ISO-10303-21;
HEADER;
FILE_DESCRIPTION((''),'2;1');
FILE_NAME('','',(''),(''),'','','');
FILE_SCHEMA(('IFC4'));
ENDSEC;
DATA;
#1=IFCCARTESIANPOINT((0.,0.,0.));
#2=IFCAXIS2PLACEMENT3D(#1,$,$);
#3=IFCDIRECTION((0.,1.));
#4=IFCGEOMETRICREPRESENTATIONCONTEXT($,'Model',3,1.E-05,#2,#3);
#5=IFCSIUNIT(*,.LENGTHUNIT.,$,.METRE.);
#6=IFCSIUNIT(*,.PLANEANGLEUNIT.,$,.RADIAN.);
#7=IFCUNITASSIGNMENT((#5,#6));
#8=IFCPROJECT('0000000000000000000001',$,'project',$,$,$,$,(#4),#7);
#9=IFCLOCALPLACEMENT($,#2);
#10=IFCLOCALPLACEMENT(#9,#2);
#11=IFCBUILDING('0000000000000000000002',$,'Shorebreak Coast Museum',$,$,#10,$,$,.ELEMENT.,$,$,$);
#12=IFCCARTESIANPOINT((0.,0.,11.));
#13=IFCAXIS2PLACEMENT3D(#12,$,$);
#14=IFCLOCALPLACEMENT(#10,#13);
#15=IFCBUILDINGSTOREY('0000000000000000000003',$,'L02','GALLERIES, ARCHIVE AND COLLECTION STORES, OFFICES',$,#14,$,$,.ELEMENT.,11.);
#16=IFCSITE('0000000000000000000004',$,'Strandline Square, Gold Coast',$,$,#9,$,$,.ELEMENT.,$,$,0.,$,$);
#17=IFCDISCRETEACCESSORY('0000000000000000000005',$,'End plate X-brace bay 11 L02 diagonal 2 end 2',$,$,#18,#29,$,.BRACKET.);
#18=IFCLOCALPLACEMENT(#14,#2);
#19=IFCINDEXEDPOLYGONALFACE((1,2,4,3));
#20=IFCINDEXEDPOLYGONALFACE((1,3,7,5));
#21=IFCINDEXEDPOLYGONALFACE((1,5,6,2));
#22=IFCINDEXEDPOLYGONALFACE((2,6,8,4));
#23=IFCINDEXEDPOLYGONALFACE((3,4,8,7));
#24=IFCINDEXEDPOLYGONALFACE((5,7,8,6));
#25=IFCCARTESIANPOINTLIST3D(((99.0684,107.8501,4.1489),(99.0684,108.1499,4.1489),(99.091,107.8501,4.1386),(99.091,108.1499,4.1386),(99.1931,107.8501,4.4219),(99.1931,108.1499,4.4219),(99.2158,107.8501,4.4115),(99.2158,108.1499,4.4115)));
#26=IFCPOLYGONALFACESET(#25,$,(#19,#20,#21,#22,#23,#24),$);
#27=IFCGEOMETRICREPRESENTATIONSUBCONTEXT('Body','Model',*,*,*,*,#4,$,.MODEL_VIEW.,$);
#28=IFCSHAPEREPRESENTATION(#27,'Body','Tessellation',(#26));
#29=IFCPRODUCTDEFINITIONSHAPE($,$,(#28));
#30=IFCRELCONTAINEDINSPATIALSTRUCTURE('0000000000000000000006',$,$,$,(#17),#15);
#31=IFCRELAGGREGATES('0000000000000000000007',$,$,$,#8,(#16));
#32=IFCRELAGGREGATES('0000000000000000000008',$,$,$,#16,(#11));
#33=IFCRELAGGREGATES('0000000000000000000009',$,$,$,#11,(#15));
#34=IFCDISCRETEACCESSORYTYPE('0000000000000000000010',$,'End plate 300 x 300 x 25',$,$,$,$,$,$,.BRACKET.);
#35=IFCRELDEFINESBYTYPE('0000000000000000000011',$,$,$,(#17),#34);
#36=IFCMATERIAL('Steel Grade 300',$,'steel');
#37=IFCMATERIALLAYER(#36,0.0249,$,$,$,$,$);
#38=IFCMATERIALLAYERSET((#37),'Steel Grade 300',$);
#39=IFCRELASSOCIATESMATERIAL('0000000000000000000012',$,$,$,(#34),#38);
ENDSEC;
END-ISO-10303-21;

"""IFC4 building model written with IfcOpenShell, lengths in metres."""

from ifc_helpers import new_model, si_unit, direction, frame, origin, place, context, subcontext, project, spatial, polyline, outline, extrude, material, layer, layer_set, type_object, element, save


model = new_model("IFC4")

# Units and contexts
model_context = context("Model", 3, precision=1e-05, world=origin(), true_north=direction((0.0, 1.0)))
body_context = subcontext(model_context, "Body", "Model", "MODEL_VIEW")
ifc_project = project(units=[si_unit("LENGTHUNIT", "METRE"), si_unit("PLANEANGLEUNIT", "RADIAN")], contexts=[model_context])

# Site, building, storey
site_placement = place(None, origin())
site = spatial("IfcSite", under=ifc_project, at=site_placement, Name="Strandline Square, Gold Coast", CompositionType="ELEMENT", RefElevation=0.0)
building_placement = place(site_placement, origin())
building = spatial("IfcBuilding", under=site, at=building_placement, Name="Shorebreak Coast Museum", CompositionType="ELEMENT")
storey_placement = place(building_placement, frame((0.0, 0.0, 11.0)))
storey = spatial("IfcBuildingStorey", under=building, at=storey_placement, Name="L02", Description="GALLERIES, ARCHIVE AND COLLECTION STORES, OFFICES", CompositionType="ELEMENT", Elevation=11.0)

# Discrete accessory
ifc_material_1 = material(Name="Steel Grade 300", Category="steel")
ifc_layer_1 = layer(ifc_material_1, 0.0249)
ifc_layer_set_1 = layer_set([ifc_layer_1], Name="Steel Grade 300")
discrete_accessory_type = type_object("IfcDiscreteAccessoryType", Name="End plate 300 x 300 x 25", PredefinedType="BRACKET", material=ifc_layer_set_1)
discrete_accessory_1_placement = place(storey_placement, frame((99.0684, 108.1499, 4.1489), z_axis=(-0.909501, 0.0, 0.415702), x_axis=(0.0, -1.0, 0.0)))
element("IfcDiscreteAccessory", 1, at=discrete_accessory_1_placement, inside=storey, type_object=discrete_accessory_type, Name="End plate X-brace bay 11 L02 diagonal 2 end 2", PredefinedType="BRACKET", context=body_context, shape_type="SweptSolid", body=[
    extrude(outline(polyline([(0.0, 0.0), (0.2998, 0.0), (0.2998, 0.3001), (0.0, 0.3001), (0.0, 0.0)])), origin(), (0.0, 0.0, -1.0), 0.0249),
])

save(model, "model.ifc")
